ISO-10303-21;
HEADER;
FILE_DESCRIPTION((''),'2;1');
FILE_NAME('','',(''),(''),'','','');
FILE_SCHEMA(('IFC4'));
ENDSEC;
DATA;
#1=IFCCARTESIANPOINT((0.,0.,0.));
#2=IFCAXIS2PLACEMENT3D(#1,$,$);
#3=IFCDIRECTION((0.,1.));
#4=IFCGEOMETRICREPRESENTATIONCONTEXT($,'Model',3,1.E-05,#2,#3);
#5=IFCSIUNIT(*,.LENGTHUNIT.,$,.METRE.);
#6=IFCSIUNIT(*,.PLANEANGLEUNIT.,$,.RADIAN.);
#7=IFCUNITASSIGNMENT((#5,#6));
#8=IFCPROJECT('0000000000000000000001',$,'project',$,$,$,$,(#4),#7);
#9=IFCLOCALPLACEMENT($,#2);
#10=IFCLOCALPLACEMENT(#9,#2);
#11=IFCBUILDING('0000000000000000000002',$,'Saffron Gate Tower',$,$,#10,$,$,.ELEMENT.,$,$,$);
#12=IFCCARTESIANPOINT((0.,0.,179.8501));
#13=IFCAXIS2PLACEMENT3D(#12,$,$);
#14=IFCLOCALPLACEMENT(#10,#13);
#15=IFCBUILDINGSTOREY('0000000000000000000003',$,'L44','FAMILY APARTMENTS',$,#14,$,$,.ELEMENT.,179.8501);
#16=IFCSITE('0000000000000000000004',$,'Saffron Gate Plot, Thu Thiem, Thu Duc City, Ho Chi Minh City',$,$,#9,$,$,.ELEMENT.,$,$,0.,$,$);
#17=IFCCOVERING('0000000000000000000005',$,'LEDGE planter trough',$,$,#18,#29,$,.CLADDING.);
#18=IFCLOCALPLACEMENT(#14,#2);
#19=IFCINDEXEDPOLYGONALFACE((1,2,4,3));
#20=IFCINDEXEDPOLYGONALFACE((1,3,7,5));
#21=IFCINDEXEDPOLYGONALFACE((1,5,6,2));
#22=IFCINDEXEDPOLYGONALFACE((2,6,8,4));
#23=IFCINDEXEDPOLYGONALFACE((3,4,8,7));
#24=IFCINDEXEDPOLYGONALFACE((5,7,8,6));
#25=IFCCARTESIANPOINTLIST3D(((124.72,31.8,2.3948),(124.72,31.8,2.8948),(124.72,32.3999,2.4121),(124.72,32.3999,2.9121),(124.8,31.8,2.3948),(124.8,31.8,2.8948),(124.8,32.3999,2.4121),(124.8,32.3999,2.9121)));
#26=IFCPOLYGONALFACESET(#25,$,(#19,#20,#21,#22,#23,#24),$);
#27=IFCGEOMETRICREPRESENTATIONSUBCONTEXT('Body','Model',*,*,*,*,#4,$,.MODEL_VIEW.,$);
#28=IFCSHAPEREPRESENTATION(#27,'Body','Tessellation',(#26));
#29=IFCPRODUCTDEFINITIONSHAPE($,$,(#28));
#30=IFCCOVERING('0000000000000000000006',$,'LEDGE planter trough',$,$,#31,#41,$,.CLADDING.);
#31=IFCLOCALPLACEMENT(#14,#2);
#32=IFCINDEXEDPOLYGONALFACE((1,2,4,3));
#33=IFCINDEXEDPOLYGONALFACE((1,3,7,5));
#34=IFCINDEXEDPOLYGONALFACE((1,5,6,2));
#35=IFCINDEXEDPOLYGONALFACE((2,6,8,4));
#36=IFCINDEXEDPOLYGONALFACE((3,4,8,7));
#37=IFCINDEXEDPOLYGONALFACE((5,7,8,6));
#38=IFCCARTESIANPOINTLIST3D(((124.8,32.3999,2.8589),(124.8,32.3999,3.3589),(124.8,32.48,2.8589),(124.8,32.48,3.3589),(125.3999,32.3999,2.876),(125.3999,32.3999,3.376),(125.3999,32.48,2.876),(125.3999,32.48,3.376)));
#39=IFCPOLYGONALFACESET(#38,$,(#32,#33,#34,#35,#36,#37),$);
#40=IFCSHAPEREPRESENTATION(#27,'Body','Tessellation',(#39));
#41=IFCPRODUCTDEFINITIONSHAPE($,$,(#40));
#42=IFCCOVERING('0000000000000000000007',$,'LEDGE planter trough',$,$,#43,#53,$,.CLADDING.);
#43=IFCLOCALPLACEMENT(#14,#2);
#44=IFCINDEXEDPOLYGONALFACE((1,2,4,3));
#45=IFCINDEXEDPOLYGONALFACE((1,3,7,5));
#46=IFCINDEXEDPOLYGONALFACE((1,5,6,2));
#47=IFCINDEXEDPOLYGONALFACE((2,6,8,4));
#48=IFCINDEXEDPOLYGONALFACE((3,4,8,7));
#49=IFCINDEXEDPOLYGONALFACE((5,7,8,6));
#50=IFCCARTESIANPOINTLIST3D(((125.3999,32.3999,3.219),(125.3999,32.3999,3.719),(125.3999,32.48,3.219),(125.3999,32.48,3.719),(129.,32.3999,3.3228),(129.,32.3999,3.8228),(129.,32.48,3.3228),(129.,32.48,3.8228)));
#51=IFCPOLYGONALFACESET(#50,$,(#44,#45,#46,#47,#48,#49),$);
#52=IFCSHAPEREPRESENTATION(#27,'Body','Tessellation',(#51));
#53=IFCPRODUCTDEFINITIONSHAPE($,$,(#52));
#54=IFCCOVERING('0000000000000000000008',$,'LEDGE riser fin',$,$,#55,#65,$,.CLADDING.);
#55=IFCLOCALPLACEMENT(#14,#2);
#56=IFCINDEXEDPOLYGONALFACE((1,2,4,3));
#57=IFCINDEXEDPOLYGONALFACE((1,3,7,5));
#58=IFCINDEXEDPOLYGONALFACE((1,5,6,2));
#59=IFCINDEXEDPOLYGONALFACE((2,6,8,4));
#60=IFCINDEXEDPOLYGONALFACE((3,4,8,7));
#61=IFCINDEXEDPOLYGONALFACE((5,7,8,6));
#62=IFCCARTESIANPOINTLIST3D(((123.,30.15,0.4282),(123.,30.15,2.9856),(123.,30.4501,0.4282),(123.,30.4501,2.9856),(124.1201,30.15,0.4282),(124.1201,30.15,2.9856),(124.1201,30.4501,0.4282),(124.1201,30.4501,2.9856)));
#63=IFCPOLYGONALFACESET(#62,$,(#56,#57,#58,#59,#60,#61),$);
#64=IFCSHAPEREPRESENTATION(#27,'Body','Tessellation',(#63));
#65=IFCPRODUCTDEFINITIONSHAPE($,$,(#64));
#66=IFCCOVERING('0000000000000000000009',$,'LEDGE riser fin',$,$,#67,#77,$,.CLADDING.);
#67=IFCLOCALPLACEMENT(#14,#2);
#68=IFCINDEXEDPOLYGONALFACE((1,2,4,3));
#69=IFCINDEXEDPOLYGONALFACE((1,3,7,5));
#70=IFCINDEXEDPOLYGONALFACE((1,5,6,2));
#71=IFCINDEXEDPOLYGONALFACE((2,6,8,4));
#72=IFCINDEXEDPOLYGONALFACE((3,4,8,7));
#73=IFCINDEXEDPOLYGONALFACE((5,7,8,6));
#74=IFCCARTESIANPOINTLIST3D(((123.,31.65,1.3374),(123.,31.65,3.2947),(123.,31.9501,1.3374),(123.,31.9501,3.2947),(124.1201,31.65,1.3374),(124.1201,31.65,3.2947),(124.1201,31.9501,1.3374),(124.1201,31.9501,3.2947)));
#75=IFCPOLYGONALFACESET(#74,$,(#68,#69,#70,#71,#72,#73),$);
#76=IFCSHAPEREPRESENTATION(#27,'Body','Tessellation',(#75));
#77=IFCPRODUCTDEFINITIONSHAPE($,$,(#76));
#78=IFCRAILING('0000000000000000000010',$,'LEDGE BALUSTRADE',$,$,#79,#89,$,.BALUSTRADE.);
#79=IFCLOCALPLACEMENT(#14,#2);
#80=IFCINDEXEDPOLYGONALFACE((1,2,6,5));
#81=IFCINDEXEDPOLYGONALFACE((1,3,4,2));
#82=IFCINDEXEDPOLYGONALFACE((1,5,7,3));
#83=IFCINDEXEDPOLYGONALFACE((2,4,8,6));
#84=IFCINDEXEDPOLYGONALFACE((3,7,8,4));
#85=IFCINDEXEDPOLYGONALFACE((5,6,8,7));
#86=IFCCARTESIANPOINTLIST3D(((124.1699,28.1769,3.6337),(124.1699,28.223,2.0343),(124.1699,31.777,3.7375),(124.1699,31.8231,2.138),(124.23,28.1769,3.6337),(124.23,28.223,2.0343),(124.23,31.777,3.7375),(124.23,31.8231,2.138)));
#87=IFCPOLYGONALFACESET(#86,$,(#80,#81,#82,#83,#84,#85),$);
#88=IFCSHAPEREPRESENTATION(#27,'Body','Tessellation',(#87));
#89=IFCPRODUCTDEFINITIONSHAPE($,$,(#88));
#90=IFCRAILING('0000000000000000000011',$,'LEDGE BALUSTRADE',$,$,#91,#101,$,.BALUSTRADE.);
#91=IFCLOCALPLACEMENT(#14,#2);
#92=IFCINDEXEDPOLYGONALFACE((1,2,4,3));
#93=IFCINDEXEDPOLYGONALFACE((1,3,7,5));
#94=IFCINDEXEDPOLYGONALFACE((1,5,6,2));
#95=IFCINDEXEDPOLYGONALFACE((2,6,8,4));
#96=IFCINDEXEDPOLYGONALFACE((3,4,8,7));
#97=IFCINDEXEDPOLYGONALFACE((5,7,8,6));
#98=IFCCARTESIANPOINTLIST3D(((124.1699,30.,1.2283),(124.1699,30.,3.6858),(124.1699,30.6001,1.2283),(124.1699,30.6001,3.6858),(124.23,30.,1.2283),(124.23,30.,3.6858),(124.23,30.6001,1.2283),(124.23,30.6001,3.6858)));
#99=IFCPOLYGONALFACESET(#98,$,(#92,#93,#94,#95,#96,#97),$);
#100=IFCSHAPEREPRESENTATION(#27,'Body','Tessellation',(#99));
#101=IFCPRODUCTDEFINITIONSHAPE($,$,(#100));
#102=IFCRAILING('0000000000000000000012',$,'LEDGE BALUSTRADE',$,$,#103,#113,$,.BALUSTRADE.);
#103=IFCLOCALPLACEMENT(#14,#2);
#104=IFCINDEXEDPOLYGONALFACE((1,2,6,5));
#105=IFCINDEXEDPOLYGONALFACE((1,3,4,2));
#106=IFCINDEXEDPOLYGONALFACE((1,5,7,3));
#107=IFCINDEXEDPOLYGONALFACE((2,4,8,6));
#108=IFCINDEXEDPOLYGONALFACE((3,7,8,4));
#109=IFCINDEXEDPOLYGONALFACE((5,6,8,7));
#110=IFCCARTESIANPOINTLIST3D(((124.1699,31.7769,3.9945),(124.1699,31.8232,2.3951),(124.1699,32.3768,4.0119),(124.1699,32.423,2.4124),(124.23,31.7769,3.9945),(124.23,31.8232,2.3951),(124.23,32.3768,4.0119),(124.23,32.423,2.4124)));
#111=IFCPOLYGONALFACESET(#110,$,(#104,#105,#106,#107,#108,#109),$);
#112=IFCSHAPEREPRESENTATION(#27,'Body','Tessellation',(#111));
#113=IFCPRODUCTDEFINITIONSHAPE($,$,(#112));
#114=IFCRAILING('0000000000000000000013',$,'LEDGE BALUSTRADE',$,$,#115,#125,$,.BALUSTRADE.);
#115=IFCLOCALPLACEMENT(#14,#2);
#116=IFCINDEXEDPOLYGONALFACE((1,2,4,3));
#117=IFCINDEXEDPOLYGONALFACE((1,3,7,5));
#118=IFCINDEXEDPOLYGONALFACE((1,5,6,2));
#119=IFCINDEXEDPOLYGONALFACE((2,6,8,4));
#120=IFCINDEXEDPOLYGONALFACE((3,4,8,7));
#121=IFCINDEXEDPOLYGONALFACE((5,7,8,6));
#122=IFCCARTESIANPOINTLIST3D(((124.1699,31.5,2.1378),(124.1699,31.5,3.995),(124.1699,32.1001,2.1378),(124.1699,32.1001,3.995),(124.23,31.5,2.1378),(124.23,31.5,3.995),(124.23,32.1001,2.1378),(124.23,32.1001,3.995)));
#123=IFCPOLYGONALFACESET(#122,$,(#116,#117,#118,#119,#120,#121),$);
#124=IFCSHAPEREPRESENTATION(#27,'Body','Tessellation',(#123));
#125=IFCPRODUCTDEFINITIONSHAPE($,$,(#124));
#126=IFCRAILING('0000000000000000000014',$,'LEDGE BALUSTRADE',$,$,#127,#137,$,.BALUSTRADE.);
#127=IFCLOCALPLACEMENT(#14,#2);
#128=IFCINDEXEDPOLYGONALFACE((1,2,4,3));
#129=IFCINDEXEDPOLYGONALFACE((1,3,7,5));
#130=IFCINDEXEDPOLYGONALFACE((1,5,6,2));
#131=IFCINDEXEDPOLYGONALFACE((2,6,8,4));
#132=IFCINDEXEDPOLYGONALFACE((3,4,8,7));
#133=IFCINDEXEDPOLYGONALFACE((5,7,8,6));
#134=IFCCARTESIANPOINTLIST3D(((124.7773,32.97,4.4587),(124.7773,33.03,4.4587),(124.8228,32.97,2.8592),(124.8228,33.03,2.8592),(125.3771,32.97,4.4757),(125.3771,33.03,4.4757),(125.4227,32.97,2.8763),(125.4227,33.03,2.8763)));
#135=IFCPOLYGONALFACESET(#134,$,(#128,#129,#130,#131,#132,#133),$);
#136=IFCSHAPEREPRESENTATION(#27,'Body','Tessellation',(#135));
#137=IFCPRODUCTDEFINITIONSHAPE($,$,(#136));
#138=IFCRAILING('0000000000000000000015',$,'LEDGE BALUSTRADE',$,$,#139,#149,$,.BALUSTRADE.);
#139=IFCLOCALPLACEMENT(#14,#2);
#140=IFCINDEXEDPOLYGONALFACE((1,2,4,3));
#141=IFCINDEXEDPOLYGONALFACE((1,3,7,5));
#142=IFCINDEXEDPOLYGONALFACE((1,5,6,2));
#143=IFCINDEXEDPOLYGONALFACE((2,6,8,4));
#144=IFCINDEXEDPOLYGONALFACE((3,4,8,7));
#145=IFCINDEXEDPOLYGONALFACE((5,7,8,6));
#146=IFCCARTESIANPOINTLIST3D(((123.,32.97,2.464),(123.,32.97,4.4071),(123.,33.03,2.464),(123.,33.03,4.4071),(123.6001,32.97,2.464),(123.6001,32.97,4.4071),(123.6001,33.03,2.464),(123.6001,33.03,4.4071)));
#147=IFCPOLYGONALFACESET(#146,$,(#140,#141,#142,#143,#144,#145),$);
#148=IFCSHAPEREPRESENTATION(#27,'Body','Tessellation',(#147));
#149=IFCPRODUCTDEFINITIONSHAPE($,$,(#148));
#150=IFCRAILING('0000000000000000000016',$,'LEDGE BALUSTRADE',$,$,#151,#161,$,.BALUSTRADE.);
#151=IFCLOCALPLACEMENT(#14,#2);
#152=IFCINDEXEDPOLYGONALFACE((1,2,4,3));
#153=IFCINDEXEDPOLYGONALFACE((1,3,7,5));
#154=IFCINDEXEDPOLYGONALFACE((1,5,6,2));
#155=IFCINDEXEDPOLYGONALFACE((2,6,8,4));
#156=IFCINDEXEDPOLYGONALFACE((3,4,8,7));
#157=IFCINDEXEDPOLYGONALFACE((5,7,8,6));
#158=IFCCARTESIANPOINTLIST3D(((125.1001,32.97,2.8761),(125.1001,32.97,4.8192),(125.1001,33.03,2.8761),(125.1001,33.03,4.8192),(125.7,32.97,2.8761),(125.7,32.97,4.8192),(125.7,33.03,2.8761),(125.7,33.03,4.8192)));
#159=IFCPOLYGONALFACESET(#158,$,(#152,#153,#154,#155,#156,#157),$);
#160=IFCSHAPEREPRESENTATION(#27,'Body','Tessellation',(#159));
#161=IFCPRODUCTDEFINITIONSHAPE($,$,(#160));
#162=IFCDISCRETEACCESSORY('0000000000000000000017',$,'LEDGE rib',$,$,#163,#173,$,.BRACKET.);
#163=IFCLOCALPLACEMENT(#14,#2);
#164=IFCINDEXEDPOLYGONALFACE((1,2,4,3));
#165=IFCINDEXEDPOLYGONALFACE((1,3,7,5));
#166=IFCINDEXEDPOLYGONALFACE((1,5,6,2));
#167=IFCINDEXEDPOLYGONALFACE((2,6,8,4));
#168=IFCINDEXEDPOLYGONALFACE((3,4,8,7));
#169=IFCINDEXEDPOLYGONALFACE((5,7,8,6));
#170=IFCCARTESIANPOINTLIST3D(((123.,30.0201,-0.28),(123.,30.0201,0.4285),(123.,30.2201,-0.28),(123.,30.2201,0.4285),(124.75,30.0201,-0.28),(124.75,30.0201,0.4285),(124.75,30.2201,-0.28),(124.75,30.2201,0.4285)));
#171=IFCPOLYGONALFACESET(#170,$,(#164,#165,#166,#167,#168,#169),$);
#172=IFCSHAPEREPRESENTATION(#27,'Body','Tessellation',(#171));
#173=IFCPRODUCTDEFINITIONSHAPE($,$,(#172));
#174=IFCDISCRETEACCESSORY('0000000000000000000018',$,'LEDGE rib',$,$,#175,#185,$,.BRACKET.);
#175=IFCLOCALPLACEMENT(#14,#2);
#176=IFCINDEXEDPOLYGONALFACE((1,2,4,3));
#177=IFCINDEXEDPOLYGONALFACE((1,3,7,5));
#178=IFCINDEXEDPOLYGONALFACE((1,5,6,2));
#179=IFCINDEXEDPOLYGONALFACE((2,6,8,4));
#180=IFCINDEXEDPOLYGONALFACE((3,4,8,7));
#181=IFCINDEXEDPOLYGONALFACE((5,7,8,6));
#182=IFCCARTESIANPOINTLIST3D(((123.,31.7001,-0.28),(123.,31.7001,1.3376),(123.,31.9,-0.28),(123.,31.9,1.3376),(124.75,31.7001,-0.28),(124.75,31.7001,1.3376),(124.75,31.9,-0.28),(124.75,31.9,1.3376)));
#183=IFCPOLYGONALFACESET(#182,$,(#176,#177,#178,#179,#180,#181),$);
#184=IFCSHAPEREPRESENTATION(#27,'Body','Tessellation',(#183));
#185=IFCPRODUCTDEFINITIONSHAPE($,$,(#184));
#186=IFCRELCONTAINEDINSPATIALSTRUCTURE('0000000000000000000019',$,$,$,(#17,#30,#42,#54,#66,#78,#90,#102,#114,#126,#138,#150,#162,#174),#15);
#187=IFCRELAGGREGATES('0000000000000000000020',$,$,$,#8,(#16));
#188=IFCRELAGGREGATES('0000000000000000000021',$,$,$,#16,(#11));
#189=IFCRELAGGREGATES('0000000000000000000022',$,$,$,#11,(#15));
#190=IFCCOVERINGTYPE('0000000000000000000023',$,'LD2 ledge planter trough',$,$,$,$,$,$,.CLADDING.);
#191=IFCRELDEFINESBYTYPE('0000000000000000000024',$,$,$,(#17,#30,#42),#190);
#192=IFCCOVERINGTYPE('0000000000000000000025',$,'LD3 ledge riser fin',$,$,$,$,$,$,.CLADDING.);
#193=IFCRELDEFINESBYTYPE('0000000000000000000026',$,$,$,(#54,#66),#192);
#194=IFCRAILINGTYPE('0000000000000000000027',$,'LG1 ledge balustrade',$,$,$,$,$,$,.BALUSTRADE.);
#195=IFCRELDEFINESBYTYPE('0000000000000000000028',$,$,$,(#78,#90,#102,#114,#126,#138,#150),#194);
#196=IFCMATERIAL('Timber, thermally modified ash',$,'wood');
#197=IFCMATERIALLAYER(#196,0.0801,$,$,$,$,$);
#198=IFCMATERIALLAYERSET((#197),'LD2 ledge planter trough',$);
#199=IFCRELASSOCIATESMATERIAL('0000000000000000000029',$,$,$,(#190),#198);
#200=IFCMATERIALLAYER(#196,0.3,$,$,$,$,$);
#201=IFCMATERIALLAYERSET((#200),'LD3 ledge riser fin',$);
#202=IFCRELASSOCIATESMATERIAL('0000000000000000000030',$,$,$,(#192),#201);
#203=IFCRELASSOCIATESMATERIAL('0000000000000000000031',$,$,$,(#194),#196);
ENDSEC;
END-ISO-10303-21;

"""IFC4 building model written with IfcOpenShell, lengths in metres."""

from ifc_helpers import new_model, si_unit, direction, frame, origin, origin_2d, place, context, subcontext, project, spatial, polyline, rectangle, outline, extrude, material, layer, layer_set, type_object, element, save


model = new_model("IFC4")

# Units and contexts
model_context = context("Model", 3, precision=1e-05, world=origin(), true_north=direction((0.0, 1.0)))
body_context = subcontext(model_context, "Body", "Model", "MODEL_VIEW")
ifc_project = project(units=[si_unit("LENGTHUNIT", "METRE"), si_unit("PLANEANGLEUNIT", "RADIAN")], contexts=[model_context])

# Site, building, storey
site_placement = place(None, origin())
site = spatial("IfcSite", under=ifc_project, at=site_placement, Name="Saffron Gate Plot, Thu Thiem, Thu Duc City, Ho Chi Minh City", CompositionType="ELEMENT", RefElevation=0.0)
building_placement = place(site_placement, origin())
building = spatial("IfcBuilding", under=site, at=building_placement, Name="Saffron Gate Tower", CompositionType="ELEMENT")
storey_placement = place(building_placement, frame((0.0, 0.0, 179.8501)))
storey = spatial("IfcBuildingStorey", under=building, at=storey_placement, Name="L44", Description="FAMILY APARTMENTS", CompositionType="ELEMENT", Elevation=179.8501)

# Coverings
ifc_material_1 = material(Name="Timber, thermally modified ash", Category="wood")
ifc_layer_1 = layer(ifc_material_1, 0.0801)
ifc_layer_set_1 = layer_set([ifc_layer_1], Name="LD2 ledge planter trough")
covering_type_1 = type_object("IfcCoveringType", Name="LD2 ledge planter trough", PredefinedType="CLADDING", material=ifc_layer_set_1)
covering_1_placement = place(storey_placement, frame((124.8, 31.8, 2.3948), z_axis=(1.0, 0.0, 0.0), x_axis=(0.0, 0.999583, 0.028885)))
element("IfcCovering", 1, at=covering_1_placement, inside=storey, type_object=covering_type_1, Name="LEDGE planter trough", PredefinedType="CLADDING", context=body_context, shape_type="SweptSolid", body=[
    extrude(outline(polyline([(0.0, 0.0), (0.6001, 0.0), (0.6145, 0.4998), (0.0144, 0.4998), (0.0, 0.0)])), origin(), (0.0, 0.0, -1.0), 0.0801),
])
covering_2_placement = place(storey_placement, frame((124.8, 32.3999, 2.8589), z_axis=(0.0, -1.0, 0.0), x_axis=(0.999594, 0.0, 0.028478)))
element("IfcCovering", 2, at=covering_2_placement, inside=storey, type_object=covering_type_1, Name="LEDGE planter trough", PredefinedType="CLADDING", context=body_context, shape_type="SweptSolid", body=[
    extrude(outline(polyline([(0.0, 0.0), (0.6001, 0.0), (0.6143, 0.4998), (0.0142, 0.4998), (0.0, 0.0)])), origin(), (0.0, 0.0, -1.0), 0.0801),
])
covering_3_placement = place(storey_placement, frame((125.3999, 32.3999, 3.219), z_axis=(0.0, -1.0, 0.0), x_axis=(0.999585, 0.0, 0.028809)))
element("IfcCovering", 3, at=covering_3_placement, inside=storey, type_object=covering_type_1, Name="LEDGE planter trough", PredefinedType="CLADDING", context=body_context, shape_type="SweptSolid", body=[
    extrude(outline(polyline([(0.0, 0.0), (3.6016, 0.0), (3.616, 0.4998), (0.0144, 0.4998), (0.0, 0.0)])), origin(), (0.0, 0.0, -1.0), 0.0801),
])
ifc_layer_2 = layer(ifc_material_1, 0.3)
ifc_layer_set_2 = layer_set([ifc_layer_2], Name="LD3 ledge riser fin")
covering_type_2 = type_object("IfcCoveringType", Name="LD3 ledge riser fin", PredefinedType="CLADDING", material=ifc_layer_set_2)
covering_4_placement = place(storey_placement, frame((123.5601, 30.3, 0.4282), z_axis=(0.0, 0.0, 1.0), x_axis=(0.0, 1.0, 0.0)))
element("IfcCovering", 4, at=covering_4_placement, inside=storey, type_object=covering_type_2, Name="LEDGE riser fin", PredefinedType="CLADDING", context=body_context, shape_type="SweptSolid", body=[
    extrude(rectangle(XDim=0.3, YDim=1.1201, at=origin_2d()), origin(), (0.0, 0.0, 1.0), 2.5574),
])
covering_5_placement = place(storey_placement, frame((123.5601, 31.8, 1.3374), z_axis=(0.0, 0.0, 1.0), x_axis=(0.0, 1.0, 0.0)))
element("IfcCovering", 5, at=covering_5_placement, inside=storey, type_object=covering_type_2, Name="LEDGE riser fin", PredefinedType="CLADDING", context=body_context, shape_type="SweptSolid", body=[
    extrude(rectangle(XDim=0.3, YDim=1.1201, at=origin_2d()), origin(), (0.0, 0.0, 1.0), 1.9573),
])

# Railings
railing_type = type_object("IfcRailingType", Name="LG1 ledge balustrade", PredefinedType="BALUSTRADE", material=ifc_material_1)
railing_1_placement = place(storey_placement, frame((124.2, 28.2, 2.0339)))
element("IfcRailing", 6, at=railing_1_placement, inside=storey, type_object=railing_type, Name="LEDGE BALUSTRADE", PredefinedType="BALUSTRADE", context=body_context, shape_type="SweptSolid", body=[
    extrude(rectangle(XDim=0.0601, YDim=1.6001, at=origin_2d()), frame((0.0, 0.0, 0.8), z_axis=(0.0, 0.999585, 0.028809), x_axis=(-1.0, 0.0, 0.0)), (0.0, 0.0, 1.0), 3.6016),
])
railing_2_placement = place(storey_placement, frame((124.2, 30.0, 1.2283)))
element("IfcRailing", 7, at=railing_2_placement, inside=storey, type_object=railing_type, Name="LEDGE BALUSTRADE", PredefinedType="BALUSTRADE", context=body_context, shape_type="SweptSolid", body=[
    extrude(rectangle(XDim=0.0601, YDim=2.4575, at=origin_2d()), frame((0.0, 0.0, 1.2288), z_axis=(0.0, 1.0, 0.0), x_axis=(-1.0, 0.0, 0.0)), (0.0, 0.0, 1.0), 0.6001),
])
railing_3_placement = place(storey_placement, frame((124.2, 31.8, 2.3948)))
element("IfcRailing", 8, at=railing_3_placement, inside=storey, type_object=railing_type, Name="LEDGE BALUSTRADE", PredefinedType="BALUSTRADE", context=body_context, shape_type="SweptSolid", body=[
    extrude(rectangle(XDim=0.0601, YDim=1.6001, at=origin_2d()), frame((0.0, 0.0, 0.8), z_axis=(0.0, 0.999583, 0.028885), x_axis=(-1.0, 0.0, 0.0)), (0.0, 0.0, 1.0), 0.6001),
])
railing_4_placement = place(storey_placement, frame((124.2, 31.5, 2.1377)))
element("IfcRailing", 9, at=railing_4_placement, inside=storey, type_object=railing_type, Name="LEDGE BALUSTRADE", PredefinedType="BALUSTRADE", context=body_context, shape_type="SweptSolid", body=[
    extrude(rectangle(XDim=0.0601, YDim=1.8572, at=origin_2d()), frame((0.0, 0.0, 0.9287), z_axis=(0.0, 1.0, 0.0), x_axis=(-1.0, 0.0, 0.0)), (0.0, 0.0, 1.0), 0.6001),
])
railing_5_placement = place(storey_placement, frame((124.8, 33.0, 2.8589)))
element("IfcRailing", 10, at=railing_5_placement, inside=storey, type_object=railing_type, Name="LEDGE BALUSTRADE", PredefinedType="BALUSTRADE", context=body_context, shape_type="SweptSolid", body=[
    extrude(rectangle(XDim=0.0601, YDim=1.6001, at=origin_2d()), frame((0.0, 0.0, 0.8), z_axis=(0.999594, 0.0, 0.028478), x_axis=(0.0, 1.0, 0.0)), (0.0, 0.0, 1.0), 0.6001),
])
railing_6_placement = place(storey_placement, frame((123.0, 33.0, 2.4639)))
element("IfcRailing", 11, at=railing_6_placement, inside=storey, type_object=railing_type, Name="LEDGE BALUSTRADE", PredefinedType="BALUSTRADE", context=body_context, shape_type="SweptSolid", body=[
    extrude(rectangle(XDim=0.0601, YDim=1.9431, at=origin_2d()), frame((0.0, 0.0, 0.9717), z_axis=(1.0, 0.0, 0.0), x_axis=(0.0, 1.0, 0.0)), (0.0, 0.0, 1.0), 0.6001),
])
railing_7_placement = place(storey_placement, frame((125.1001, 33.0, 2.876)))
element("IfcRailing", 12, at=railing_7_placement, inside=storey, type_object=railing_type, Name="LEDGE BALUSTRADE", PredefinedType="BALUSTRADE", context=body_context, shape_type="SweptSolid", body=[
    extrude(rectangle(XDim=0.0601, YDim=1.9431, at=origin_2d()), frame((0.0, 0.0, 0.9717), z_axis=(1.0, 0.0, 0.0), x_axis=(0.0, 1.0, 0.0)), (0.0, 0.0, 1.0), 0.5999),
])

# Discrete accessories
discrete_accessory_1_placement = place(storey_placement, frame((123.875, 30.1201, -0.28), z_axis=(0.0, 0.0, 1.0), x_axis=(0.0, 1.0, 0.0)))
element("IfcDiscreteAccessory", 13, at=discrete_accessory_1_placement, inside=storey, Name="LEDGE rib", PredefinedType="BRACKET", context=body_context, shape_type="SweptSolid", body=[
    extrude(rectangle(XDim=0.2, YDim=1.75, at=origin_2d()), origin(), (0.0, 0.0, 1.0), 0.7085),
])
discrete_accessory_2_placement = place(storey_placement, frame((123.875, 31.8, -0.28), z_axis=(0.0, 0.0, 1.0), x_axis=(0.0, 1.0, 0.0)))
element("IfcDiscreteAccessory", 14, at=discrete_accessory_2_placement, inside=storey, Name="LEDGE rib", PredefinedType="BRACKET", context=body_context, shape_type="SweptSolid", body=[
    extrude(rectangle(XDim=0.2, YDim=1.75, at=origin_2d()), origin(), (0.0, 0.0, 1.0), 1.6177),
])

save(model, "model.ifc")
